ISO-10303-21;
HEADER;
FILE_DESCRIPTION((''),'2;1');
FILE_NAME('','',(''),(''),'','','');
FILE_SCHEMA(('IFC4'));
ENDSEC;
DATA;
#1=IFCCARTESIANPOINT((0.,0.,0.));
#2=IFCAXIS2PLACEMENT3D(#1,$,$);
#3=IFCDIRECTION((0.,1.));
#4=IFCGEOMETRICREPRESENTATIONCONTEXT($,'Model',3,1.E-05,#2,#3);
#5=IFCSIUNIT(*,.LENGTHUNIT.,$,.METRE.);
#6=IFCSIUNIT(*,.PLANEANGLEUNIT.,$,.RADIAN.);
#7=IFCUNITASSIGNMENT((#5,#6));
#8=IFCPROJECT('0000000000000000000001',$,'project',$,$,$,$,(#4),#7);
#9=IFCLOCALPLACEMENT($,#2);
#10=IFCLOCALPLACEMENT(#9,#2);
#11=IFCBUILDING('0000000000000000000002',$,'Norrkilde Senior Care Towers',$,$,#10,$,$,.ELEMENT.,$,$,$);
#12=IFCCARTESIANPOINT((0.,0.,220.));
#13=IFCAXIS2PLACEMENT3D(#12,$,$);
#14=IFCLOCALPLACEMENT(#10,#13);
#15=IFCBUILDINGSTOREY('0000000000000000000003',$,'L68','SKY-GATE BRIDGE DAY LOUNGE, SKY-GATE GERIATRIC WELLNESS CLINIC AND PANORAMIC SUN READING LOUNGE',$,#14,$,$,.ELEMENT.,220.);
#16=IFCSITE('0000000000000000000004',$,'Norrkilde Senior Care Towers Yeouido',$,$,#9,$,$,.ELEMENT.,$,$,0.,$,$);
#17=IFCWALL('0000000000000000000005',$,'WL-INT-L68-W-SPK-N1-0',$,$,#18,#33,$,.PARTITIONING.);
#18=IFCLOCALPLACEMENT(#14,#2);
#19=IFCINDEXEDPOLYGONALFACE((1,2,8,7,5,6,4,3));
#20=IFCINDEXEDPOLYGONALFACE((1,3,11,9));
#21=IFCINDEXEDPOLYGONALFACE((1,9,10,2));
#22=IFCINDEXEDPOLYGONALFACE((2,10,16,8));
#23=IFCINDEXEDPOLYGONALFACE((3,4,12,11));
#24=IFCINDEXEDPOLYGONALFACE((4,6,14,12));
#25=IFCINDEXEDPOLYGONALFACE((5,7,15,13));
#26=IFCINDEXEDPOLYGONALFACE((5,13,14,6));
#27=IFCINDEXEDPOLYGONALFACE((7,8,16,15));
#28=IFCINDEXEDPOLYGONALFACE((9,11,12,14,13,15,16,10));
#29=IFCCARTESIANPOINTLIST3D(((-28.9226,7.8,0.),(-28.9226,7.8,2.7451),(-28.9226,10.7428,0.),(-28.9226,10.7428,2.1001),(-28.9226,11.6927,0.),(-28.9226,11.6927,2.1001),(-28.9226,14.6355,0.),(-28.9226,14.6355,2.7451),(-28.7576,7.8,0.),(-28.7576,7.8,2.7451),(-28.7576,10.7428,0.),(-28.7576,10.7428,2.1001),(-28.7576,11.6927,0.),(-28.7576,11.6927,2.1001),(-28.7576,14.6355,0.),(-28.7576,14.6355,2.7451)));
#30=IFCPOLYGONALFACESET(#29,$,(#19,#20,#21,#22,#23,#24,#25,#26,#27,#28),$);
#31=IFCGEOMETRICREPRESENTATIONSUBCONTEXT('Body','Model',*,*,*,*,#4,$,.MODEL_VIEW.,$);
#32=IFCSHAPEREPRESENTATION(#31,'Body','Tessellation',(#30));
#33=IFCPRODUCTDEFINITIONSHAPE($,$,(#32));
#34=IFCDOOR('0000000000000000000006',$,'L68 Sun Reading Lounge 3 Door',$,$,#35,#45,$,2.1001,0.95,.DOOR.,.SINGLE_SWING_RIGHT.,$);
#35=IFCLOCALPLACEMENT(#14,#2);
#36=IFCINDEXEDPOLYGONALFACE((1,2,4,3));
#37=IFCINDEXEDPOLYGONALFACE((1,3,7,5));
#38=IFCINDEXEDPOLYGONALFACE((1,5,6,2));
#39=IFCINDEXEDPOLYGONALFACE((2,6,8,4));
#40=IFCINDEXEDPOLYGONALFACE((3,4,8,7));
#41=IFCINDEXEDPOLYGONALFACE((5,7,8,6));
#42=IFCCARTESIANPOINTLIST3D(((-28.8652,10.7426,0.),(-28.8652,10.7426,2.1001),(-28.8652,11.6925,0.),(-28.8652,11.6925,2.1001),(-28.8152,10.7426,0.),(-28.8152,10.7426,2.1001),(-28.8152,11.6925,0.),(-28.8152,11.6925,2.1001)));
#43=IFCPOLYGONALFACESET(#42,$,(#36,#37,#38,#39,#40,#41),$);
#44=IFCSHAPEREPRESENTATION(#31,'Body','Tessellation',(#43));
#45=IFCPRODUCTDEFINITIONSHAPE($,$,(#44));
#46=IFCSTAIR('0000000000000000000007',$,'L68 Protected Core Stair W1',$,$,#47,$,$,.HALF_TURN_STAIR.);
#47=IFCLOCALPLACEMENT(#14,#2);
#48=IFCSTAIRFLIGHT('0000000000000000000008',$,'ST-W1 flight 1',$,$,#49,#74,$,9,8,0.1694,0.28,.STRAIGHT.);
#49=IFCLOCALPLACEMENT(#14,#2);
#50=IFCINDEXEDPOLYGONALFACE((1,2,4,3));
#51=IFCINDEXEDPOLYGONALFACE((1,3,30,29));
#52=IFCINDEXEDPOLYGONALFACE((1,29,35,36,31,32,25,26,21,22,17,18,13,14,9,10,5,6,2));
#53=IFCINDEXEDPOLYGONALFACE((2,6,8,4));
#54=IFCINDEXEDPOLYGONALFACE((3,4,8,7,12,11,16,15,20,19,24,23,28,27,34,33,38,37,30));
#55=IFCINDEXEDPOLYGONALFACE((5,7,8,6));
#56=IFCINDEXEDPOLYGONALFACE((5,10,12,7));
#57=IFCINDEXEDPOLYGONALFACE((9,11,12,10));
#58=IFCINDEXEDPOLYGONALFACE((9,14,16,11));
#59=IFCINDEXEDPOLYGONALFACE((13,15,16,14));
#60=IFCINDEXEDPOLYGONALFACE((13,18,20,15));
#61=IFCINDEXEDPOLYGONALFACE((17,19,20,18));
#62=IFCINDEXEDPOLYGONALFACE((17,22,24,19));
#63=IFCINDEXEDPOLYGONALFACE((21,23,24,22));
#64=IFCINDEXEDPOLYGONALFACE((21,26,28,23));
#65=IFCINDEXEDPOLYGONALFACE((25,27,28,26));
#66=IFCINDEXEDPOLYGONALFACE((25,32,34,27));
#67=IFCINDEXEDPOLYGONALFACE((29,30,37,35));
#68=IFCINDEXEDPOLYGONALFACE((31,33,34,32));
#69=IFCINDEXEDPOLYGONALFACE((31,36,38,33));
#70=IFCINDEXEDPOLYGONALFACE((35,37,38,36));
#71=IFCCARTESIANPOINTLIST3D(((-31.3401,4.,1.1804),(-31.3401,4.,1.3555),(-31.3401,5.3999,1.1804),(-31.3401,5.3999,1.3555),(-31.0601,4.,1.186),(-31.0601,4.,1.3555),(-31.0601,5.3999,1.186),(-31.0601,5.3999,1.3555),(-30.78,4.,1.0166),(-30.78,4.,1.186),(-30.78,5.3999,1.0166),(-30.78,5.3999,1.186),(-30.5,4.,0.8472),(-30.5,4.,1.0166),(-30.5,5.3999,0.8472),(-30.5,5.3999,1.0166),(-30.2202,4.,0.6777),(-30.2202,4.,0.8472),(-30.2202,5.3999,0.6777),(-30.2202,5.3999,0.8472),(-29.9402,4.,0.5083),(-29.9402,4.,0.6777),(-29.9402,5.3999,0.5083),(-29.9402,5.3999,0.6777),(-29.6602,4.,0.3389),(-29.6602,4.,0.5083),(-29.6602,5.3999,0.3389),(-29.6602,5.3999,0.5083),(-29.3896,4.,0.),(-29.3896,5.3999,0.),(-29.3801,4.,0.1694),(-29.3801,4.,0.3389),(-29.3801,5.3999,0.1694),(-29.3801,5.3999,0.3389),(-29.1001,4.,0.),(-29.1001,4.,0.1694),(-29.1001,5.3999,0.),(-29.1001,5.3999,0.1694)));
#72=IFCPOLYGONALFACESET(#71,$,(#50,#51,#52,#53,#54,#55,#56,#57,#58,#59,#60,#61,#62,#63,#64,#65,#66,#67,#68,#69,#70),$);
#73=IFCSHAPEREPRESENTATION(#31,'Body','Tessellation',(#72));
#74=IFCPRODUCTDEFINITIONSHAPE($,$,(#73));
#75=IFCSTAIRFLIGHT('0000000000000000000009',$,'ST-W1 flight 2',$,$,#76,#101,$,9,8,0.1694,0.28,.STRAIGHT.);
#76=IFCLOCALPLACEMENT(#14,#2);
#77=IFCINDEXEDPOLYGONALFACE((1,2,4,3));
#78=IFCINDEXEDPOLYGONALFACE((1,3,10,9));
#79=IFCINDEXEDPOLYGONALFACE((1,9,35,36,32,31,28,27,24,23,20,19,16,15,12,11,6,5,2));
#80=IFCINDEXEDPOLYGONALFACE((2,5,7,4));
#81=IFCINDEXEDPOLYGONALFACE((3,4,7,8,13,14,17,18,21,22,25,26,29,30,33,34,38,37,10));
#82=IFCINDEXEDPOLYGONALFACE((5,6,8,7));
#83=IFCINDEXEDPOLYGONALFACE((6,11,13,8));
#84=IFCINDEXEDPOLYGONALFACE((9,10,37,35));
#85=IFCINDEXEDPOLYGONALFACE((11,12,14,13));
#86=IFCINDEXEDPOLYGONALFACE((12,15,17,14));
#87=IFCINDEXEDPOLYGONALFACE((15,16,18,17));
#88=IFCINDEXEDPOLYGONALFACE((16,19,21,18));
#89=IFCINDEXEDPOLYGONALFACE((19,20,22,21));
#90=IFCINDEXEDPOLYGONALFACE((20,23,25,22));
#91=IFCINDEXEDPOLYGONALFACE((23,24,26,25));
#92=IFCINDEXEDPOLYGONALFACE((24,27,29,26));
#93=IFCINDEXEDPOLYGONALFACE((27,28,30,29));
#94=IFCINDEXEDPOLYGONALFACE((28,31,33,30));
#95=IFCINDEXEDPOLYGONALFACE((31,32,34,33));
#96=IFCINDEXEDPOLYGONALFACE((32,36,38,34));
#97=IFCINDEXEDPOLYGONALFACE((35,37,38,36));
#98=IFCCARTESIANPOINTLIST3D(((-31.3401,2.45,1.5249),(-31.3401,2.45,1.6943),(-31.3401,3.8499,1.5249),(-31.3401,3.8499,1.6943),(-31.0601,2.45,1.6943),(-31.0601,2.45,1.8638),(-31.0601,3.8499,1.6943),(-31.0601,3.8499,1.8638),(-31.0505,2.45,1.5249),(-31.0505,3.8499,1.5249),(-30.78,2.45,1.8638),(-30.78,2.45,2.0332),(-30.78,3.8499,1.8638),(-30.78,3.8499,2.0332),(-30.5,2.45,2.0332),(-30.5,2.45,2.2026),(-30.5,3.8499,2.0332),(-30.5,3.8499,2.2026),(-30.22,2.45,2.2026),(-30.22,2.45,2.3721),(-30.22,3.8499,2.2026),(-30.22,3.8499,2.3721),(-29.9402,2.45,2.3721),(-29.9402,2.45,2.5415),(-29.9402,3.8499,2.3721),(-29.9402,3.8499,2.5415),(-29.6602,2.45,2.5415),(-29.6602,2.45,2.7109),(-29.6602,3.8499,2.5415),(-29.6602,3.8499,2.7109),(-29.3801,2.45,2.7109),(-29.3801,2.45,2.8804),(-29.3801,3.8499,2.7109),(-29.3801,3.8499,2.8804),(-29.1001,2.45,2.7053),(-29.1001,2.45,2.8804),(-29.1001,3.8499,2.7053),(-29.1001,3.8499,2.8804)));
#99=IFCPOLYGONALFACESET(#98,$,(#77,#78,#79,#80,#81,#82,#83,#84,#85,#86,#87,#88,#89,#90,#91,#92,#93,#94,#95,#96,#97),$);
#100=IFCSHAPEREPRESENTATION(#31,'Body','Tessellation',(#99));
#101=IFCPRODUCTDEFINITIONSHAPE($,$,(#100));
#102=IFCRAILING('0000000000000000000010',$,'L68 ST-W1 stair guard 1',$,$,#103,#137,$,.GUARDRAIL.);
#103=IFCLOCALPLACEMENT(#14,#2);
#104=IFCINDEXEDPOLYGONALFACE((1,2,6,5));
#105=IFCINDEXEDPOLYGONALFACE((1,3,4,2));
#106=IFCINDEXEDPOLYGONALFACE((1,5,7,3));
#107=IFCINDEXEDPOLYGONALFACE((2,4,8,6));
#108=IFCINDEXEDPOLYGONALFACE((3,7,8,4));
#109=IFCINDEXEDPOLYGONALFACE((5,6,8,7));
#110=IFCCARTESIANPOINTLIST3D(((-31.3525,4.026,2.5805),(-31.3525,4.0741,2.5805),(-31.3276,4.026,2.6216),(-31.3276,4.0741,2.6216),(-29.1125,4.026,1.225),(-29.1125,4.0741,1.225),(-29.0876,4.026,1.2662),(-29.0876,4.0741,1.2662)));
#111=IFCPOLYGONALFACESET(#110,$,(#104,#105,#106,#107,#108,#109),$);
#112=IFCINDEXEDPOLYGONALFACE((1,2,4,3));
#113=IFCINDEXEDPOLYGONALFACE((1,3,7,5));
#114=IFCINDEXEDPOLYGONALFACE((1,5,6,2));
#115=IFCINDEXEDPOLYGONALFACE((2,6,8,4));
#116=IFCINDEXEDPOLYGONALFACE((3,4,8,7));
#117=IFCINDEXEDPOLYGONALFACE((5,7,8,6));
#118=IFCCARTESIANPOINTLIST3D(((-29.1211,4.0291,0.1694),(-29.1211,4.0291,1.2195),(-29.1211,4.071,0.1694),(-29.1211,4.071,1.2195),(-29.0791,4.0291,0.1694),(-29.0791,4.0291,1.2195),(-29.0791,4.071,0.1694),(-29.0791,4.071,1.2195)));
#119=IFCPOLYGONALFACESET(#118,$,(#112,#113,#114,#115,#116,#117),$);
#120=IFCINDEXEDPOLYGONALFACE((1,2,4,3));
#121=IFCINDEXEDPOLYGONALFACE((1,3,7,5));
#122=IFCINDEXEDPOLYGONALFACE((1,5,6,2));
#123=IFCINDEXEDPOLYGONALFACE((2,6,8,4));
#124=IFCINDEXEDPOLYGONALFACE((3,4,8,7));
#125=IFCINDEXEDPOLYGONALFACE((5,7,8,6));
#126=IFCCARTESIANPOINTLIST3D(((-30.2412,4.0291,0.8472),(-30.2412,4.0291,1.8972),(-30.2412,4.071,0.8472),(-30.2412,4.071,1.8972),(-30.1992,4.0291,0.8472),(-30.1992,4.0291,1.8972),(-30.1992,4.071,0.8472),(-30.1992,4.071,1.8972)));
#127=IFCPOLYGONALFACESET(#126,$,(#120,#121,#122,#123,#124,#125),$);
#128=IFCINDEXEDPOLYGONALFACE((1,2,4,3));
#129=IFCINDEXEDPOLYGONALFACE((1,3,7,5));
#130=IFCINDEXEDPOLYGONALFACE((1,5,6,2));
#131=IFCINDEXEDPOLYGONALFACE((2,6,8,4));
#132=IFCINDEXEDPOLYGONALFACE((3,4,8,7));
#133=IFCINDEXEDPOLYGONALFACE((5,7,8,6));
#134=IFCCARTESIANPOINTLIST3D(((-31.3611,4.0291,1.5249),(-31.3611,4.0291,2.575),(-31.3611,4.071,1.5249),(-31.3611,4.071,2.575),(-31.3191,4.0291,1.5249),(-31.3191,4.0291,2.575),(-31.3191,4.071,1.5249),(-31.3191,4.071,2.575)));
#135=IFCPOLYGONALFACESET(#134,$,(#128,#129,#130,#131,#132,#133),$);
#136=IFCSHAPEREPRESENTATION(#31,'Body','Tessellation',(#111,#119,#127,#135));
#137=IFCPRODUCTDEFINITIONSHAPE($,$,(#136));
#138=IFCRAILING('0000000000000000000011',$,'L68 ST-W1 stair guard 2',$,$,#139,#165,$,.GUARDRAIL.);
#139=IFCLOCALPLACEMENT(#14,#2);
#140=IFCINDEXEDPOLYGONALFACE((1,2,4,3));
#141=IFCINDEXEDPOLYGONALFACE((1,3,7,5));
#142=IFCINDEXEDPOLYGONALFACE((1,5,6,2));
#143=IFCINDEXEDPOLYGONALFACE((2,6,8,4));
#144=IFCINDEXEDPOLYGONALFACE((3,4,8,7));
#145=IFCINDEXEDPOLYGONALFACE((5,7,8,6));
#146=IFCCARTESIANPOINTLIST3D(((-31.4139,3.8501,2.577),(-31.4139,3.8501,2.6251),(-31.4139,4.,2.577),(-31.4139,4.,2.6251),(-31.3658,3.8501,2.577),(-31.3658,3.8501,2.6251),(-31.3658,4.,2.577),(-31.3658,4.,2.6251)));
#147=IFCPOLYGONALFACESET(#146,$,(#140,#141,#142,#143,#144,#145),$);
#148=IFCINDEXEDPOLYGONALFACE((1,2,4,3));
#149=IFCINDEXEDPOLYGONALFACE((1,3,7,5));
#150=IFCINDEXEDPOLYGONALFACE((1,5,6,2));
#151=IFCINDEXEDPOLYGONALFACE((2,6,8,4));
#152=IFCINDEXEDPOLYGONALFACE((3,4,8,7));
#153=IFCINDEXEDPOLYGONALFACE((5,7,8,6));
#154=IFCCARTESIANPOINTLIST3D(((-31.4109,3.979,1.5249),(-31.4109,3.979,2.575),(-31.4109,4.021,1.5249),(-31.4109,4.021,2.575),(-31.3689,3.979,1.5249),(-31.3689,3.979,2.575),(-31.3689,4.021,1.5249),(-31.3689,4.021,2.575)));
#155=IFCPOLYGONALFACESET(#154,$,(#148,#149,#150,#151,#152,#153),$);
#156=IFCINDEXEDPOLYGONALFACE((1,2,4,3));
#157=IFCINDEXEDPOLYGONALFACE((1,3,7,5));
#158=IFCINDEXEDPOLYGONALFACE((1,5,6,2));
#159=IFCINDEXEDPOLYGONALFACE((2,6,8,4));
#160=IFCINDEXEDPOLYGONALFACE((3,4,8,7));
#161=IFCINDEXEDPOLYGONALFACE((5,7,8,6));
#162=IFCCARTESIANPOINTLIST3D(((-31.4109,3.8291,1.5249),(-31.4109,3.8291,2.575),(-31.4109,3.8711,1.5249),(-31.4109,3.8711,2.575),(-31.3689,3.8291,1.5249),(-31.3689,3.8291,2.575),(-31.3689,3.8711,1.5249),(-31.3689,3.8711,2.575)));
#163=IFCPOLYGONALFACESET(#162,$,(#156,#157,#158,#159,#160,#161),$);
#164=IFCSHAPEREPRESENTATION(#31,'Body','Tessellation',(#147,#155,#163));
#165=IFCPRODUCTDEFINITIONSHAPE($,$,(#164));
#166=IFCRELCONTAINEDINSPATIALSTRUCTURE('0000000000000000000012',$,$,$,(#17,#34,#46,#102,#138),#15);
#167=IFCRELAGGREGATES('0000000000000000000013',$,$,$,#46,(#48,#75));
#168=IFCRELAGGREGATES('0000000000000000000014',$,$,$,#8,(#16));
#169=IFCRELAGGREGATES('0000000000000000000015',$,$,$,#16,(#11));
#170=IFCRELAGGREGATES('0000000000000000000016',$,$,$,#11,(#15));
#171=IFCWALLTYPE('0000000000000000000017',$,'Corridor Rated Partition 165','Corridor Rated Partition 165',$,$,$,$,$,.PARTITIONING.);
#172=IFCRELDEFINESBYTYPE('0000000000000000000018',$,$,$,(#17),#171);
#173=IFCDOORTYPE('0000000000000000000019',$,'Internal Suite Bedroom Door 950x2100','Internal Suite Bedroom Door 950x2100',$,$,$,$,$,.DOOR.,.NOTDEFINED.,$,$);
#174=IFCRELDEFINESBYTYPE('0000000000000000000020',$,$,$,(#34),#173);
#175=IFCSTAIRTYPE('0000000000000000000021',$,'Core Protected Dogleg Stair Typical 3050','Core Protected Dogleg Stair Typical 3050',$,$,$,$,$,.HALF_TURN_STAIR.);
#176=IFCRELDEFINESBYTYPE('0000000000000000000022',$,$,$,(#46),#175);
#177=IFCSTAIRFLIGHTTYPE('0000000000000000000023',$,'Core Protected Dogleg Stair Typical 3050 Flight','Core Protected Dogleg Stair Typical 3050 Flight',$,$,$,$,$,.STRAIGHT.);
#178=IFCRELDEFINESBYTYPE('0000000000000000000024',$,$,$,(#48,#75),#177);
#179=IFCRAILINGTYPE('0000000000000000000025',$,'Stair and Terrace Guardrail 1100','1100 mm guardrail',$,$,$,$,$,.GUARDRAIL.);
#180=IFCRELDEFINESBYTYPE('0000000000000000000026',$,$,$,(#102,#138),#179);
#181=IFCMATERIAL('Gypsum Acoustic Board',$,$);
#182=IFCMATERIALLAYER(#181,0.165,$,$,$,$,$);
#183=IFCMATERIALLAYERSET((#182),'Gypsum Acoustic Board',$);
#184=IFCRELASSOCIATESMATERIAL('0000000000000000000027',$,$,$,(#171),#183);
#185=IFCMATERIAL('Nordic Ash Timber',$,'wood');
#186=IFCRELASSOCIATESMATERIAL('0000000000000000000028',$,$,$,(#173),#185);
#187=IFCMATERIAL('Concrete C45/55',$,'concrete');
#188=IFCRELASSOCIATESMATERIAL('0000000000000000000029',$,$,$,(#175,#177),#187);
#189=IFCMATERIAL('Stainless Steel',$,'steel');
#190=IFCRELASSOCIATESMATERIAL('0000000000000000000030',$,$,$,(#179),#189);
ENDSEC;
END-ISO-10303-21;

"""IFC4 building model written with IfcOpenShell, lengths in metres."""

from ifc_helpers import new_model, si_unit, direction, frame, frame_2d, origin, origin_2d, place, context, subcontext, project, spatial, polyline, rectangle, outline, extrude, source, transform, mapped, material, layer, layer_set, type_object, type_shapes, element, fill, aggregate, save


model = new_model("IFC4")

# Units and contexts
model_context = context("Model", 3, precision=1e-05, world=origin(), true_north=direction((0.0, 1.0)))
body_context = subcontext(model_context, "Body", "Model", "MODEL_VIEW")
ifc_project = project(units=[si_unit("LENGTHUNIT", "METRE"), si_unit("PLANEANGLEUNIT", "RADIAN")], contexts=[model_context])

# Site, building, storey
site_placement = place(None, origin())
site = spatial("IfcSite", under=ifc_project, at=site_placement, Name="Norrkilde Senior Care Towers Yeouido", CompositionType="ELEMENT", RefElevation=0.0)
building_placement = place(site_placement, origin())
building = spatial("IfcBuilding", under=site, at=building_placement, Name="Norrkilde Senior Care Towers", CompositionType="ELEMENT")
storey_placement = place(building_placement, frame((0.0, 0.0, 220.0)))
storey = spatial("IfcBuildingStorey", under=building, at=storey_placement, Name="L68", Description="SKY-GATE BRIDGE DAY LOUNGE, SKY-GATE GERIATRIC WELLNESS CLINIC AND PANORAMIC SUN READING LOUNGE", CompositionType="ELEMENT", Elevation=220.0)

# Shared definitions
ifc_material_1 = material(Name="Concrete C45/55", Category="concrete")

# Shared definitions
ifc_material_2 = material(Name="Stainless Steel", Category="steel")

# Wall, opening, door
ifc_material_3 = material(Name="Gypsum Acoustic Board")
ifc_layer_1 = layer(ifc_material_3, 0.165)
ifc_layer_set_1 = layer_set([ifc_layer_1], Name="Gypsum Acoustic Board")
wall_type_1 = type_object("IfcWallType", Name="Corridor Rated Partition 165", Description="Corridor Rated Partition 165", PredefinedType="PARTITIONING", material=ifc_layer_set_1)
shared_shape_1 = source(origin(), body_context, "Body", "SweptSolid", [
    extrude(rectangle(XDim=6.8354, YDim=0.165, at=frame_2d((3.4177, 0.0))), origin(), (0.0, 0.0, 1.0), 2.7451),
])
type_shapes(wall_type_1, [shared_shape_1])
wall_1_placement = place(storey_placement, frame((-28.8401, 7.8, 0.0), z_axis=(0.0, 0.0, 1.0), x_axis=(0.0, 1.0, 0.0)))
wall_1 = element("IfcWall", 1, at=wall_1_placement, inside=storey, type_object=wall_type_1, Name="WL-INT-L68-W-SPK-N1-0", PredefinedType="PARTITIONING", context=body_context, shape_type="MappedRepresentation", body=[
    mapped(shared_shape_1, transform((0.0, 0.0, 0.0), x_axis=(1.0, 0.0, 0.0), y_axis=(0.0, 1.0, 0.0), z_axis=(0.0, 0.0, 1.0), scale=1.0)),
])
opening_1_placement = place(wall_1_placement, frame((2.9426, 0.0, 0.0)))
opening_1 = element("IfcOpeningElement", 2, at=opening_1_placement, cuts=wall_1, PredefinedType="OPENING", context=body_context, shape_type="SweptSolid", body=[
    extrude(rectangle(XDim=0.95, YDim=2.1001, at=frame_2d((0.4751, 1.05))), frame((0.0, 0.0925, 0.0), z_axis=(0.0, -1.0, 0.0), x_axis=(1.0, 0.0, 0.0)), (0.0, 0.0, 1.0), 0.1851),
])
ifc_material_4 = material(Name="Nordic Ash Timber", Category="wood")
door_type_1 = type_object("IfcDoorType", Name="Internal Suite Bedroom Door 950x2100", Description="Internal Suite Bedroom Door 950x2100", OperationType="NOTDEFINED", PredefinedType="DOOR", material=ifc_material_4)
shared_shape_2 = source(origin(), body_context, "Body", "SweptSolid", [
    extrude(rectangle(XDim=0.95, YDim=2.1001, at=frame_2d((0.4751, 1.05))), frame((0.0, 0.0249, 0.0), z_axis=(0.0, -1.0, 0.0), x_axis=(1.0, 0.0, 0.0)), (0.0, 0.0, 1.0), 0.05),
])
type_shapes(door_type_1, [shared_shape_2])
door_1_placement = place(opening_1_placement, frame((0.95, 0.0, 0.0), z_axis=(0.0, 0.0, 1.0), x_axis=(-1.0, 0.0, 0.0)))
door_1 = element("IfcDoor", 3, at=door_1_placement, inside=storey, type_object=door_type_1, Name="L68 Sun Reading Lounge 3 Door", OperationType="SINGLE_SWING_RIGHT", OverallHeight=2.1001, OverallWidth=0.95, PredefinedType="DOOR", context=body_context, shape_type="MappedRepresentation", body=[
    mapped(shared_shape_2, transform((0.0, 0.0, 0.0), x_axis=(1.0, 0.0, 0.0), y_axis=(0.0, 1.0, 0.0), z_axis=(0.0, 0.0, 1.0), scale=1.0)),
])
fill(opening_1, door_1)

# Stair, stair flights
stair_type = type_object("IfcStairType", Name="Core Protected Dogleg Stair Typical 3050", Description="Core Protected Dogleg Stair Typical 3050", PredefinedType="HALF_TURN_STAIR", material=ifc_material_1)
stair_placement = place(storey_placement, origin())
stair = element("IfcStair", 4, at=stair_placement, inside=storey, type_object=stair_type, Name="L68 Protected Core Stair W1", PredefinedType="HALF_TURN_STAIR")
stair_flight_type = type_object("IfcStairFlightType", Name="Core Protected Dogleg Stair Typical 3050 Flight", Description="Core Protected Dogleg Stair Typical 3050 Flight", PredefinedType="STRAIGHT", material=ifc_material_1)
stair_flight_1_placement = place(storey_placement, frame((-29.1001, 4.7, 0.0), z_axis=(0.0, 0.0, 1.0), x_axis=(-1.0, 0.0, 0.0)))
stair_flight_1 = element("IfcStairFlight", 5, at=stair_flight_1_placement, type_object=stair_flight_type, Name="ST-W1 flight 1", NumberOfRisers=9, NumberOfTreads=8, PredefinedType="STRAIGHT", RiserHeight=0.1694, TreadLength=0.28, context=body_context, shape_type="SweptSolid", body=[
    extrude(outline(polyline([(0.0, 0.0), (0.0, 0.1694), (0.28, 0.1694), (0.28, 0.3389), (0.5601, 0.3389), (0.5601, 0.5083), (0.8401, 0.5083), (0.8401, 0.6777), (1.1201, 0.6777), (1.1201, 0.8472), (1.3999, 0.8472), (1.3999, 1.0166), (1.6799, 1.0166), (1.6799, 1.186), (1.96, 1.186), (1.96, 1.3555), (2.24, 1.3555), (2.24, 1.5249), (2.24, 1.1804), (0.2896, 0.0), (0.0, 0.0)])), frame((0.0, 0.7, 0.0), z_axis=(0.0, -1.0, 0.0), x_axis=(1.0, 0.0, 0.0)), (0.0, 0.0, 1.0), 1.3999),
])
stair_flight_2_placement = place(storey_placement, frame((-31.3401, 3.1499, 1.5249), z_axis=(0.0, 0.0, 1.0), x_axis=(1.0, 0.0, 0.0)))
stair_flight_2 = element("IfcStairFlight", 6, at=stair_flight_2_placement, type_object=stair_flight_type, Name="ST-W1 flight 2", NumberOfRisers=9, NumberOfTreads=8, PredefinedType="STRAIGHT", RiserHeight=0.1694, TreadLength=0.28, context=body_context, shape_type="SweptSolid", body=[
    extrude(outline(polyline([(0.0, 0.0), (0.0, 0.1694), (0.28, 0.1694), (0.28, 0.3389), (0.5601, 0.3389), (0.5601, 0.5083), (0.8401, 0.5083), (0.8401, 0.6777), (1.1201, 0.6777), (1.1201, 0.8472), (1.3999, 0.8472), (1.3999, 1.0166), (1.6799, 1.0166), (1.6799, 1.186), (1.96, 1.186), (1.96, 1.3555), (2.24, 1.3555), (2.24, 1.5249), (2.24, 1.1804), (0.2896, 0.0), (0.0, 0.0)])), frame((0.0, 0.7, 0.0), z_axis=(0.0, -1.0, 0.0), x_axis=(1.0, 0.0, 0.0)), (0.0, 0.0, 1.0), 1.3999),
])
aggregate(stair, [stair_flight_1, stair_flight_2])

# Railings
railing_type_1 = type_object("IfcRailingType", Name="Stair and Terrace Guardrail 1100", Description="1100 mm guardrail", PredefinedType="GUARDRAIL", material=ifc_material_2)
railing_1_placement = place(storey_placement, frame((-29.1001, 4.05, 0.1694)))
element("IfcRailing", 7, at=railing_1_placement, inside=storey, type_object=railing_type_1, Name="L68 ST-W1 stair guard 1", PredefinedType="GUARDRAIL", context=body_context, shape_type="SweptSolid", body=[
    extrude(rectangle(XDim=0.0481, YDim=0.0481, at=origin_2d()), frame((0.0, 0.0, 1.0762), z_axis=(-0.855553, 0.0, 0.517715), x_axis=(0.0, -1.0, 0.0)), (0.0, 0.0, 1.0), 2.6182),
    extrude(rectangle(XDim=0.042, YDim=0.042, at=origin_2d()), origin(), (0.0, 0.0, 1.0), 1.05),
    extrude(rectangle(XDim=0.042, YDim=0.042, at=origin_2d()), frame((-1.1201, 0.0, 0.6777)), (0.0, 0.0, 1.0), 1.05),
    extrude(rectangle(XDim=0.042, YDim=0.042, at=origin_2d()), frame((-2.24, 0.0, 1.3555)), (0.0, 0.0, 1.0), 1.05),
])
railing_2_placement = place(storey_placement, frame((-31.3899, 4.0, 1.5249)))
element("IfcRailing", 8, at=railing_2_placement, inside=storey, type_object=railing_type_1, Name="L68 ST-W1 stair guard 2", PredefinedType="GUARDRAIL", context=body_context, shape_type="SweptSolid", body=[
    extrude(rectangle(XDim=0.0481, YDim=0.0481, at=origin_2d()), frame((0.0, 0.0, 1.0762), z_axis=(0.0, -1.0, 0.0), x_axis=(1.0, 0.0, 0.0)), (0.0, 0.0, 1.0), 0.1499),
    extrude(rectangle(XDim=0.042, YDim=0.042, at=origin_2d()), origin(), (0.0, 0.0, 1.0), 1.05),
    extrude(rectangle(XDim=0.042, YDim=0.042, at=origin_2d()), frame((0.0, -0.1499, 0.0)), (0.0, 0.0, 1.0), 1.05),
])

save(model, "model.ifc")
